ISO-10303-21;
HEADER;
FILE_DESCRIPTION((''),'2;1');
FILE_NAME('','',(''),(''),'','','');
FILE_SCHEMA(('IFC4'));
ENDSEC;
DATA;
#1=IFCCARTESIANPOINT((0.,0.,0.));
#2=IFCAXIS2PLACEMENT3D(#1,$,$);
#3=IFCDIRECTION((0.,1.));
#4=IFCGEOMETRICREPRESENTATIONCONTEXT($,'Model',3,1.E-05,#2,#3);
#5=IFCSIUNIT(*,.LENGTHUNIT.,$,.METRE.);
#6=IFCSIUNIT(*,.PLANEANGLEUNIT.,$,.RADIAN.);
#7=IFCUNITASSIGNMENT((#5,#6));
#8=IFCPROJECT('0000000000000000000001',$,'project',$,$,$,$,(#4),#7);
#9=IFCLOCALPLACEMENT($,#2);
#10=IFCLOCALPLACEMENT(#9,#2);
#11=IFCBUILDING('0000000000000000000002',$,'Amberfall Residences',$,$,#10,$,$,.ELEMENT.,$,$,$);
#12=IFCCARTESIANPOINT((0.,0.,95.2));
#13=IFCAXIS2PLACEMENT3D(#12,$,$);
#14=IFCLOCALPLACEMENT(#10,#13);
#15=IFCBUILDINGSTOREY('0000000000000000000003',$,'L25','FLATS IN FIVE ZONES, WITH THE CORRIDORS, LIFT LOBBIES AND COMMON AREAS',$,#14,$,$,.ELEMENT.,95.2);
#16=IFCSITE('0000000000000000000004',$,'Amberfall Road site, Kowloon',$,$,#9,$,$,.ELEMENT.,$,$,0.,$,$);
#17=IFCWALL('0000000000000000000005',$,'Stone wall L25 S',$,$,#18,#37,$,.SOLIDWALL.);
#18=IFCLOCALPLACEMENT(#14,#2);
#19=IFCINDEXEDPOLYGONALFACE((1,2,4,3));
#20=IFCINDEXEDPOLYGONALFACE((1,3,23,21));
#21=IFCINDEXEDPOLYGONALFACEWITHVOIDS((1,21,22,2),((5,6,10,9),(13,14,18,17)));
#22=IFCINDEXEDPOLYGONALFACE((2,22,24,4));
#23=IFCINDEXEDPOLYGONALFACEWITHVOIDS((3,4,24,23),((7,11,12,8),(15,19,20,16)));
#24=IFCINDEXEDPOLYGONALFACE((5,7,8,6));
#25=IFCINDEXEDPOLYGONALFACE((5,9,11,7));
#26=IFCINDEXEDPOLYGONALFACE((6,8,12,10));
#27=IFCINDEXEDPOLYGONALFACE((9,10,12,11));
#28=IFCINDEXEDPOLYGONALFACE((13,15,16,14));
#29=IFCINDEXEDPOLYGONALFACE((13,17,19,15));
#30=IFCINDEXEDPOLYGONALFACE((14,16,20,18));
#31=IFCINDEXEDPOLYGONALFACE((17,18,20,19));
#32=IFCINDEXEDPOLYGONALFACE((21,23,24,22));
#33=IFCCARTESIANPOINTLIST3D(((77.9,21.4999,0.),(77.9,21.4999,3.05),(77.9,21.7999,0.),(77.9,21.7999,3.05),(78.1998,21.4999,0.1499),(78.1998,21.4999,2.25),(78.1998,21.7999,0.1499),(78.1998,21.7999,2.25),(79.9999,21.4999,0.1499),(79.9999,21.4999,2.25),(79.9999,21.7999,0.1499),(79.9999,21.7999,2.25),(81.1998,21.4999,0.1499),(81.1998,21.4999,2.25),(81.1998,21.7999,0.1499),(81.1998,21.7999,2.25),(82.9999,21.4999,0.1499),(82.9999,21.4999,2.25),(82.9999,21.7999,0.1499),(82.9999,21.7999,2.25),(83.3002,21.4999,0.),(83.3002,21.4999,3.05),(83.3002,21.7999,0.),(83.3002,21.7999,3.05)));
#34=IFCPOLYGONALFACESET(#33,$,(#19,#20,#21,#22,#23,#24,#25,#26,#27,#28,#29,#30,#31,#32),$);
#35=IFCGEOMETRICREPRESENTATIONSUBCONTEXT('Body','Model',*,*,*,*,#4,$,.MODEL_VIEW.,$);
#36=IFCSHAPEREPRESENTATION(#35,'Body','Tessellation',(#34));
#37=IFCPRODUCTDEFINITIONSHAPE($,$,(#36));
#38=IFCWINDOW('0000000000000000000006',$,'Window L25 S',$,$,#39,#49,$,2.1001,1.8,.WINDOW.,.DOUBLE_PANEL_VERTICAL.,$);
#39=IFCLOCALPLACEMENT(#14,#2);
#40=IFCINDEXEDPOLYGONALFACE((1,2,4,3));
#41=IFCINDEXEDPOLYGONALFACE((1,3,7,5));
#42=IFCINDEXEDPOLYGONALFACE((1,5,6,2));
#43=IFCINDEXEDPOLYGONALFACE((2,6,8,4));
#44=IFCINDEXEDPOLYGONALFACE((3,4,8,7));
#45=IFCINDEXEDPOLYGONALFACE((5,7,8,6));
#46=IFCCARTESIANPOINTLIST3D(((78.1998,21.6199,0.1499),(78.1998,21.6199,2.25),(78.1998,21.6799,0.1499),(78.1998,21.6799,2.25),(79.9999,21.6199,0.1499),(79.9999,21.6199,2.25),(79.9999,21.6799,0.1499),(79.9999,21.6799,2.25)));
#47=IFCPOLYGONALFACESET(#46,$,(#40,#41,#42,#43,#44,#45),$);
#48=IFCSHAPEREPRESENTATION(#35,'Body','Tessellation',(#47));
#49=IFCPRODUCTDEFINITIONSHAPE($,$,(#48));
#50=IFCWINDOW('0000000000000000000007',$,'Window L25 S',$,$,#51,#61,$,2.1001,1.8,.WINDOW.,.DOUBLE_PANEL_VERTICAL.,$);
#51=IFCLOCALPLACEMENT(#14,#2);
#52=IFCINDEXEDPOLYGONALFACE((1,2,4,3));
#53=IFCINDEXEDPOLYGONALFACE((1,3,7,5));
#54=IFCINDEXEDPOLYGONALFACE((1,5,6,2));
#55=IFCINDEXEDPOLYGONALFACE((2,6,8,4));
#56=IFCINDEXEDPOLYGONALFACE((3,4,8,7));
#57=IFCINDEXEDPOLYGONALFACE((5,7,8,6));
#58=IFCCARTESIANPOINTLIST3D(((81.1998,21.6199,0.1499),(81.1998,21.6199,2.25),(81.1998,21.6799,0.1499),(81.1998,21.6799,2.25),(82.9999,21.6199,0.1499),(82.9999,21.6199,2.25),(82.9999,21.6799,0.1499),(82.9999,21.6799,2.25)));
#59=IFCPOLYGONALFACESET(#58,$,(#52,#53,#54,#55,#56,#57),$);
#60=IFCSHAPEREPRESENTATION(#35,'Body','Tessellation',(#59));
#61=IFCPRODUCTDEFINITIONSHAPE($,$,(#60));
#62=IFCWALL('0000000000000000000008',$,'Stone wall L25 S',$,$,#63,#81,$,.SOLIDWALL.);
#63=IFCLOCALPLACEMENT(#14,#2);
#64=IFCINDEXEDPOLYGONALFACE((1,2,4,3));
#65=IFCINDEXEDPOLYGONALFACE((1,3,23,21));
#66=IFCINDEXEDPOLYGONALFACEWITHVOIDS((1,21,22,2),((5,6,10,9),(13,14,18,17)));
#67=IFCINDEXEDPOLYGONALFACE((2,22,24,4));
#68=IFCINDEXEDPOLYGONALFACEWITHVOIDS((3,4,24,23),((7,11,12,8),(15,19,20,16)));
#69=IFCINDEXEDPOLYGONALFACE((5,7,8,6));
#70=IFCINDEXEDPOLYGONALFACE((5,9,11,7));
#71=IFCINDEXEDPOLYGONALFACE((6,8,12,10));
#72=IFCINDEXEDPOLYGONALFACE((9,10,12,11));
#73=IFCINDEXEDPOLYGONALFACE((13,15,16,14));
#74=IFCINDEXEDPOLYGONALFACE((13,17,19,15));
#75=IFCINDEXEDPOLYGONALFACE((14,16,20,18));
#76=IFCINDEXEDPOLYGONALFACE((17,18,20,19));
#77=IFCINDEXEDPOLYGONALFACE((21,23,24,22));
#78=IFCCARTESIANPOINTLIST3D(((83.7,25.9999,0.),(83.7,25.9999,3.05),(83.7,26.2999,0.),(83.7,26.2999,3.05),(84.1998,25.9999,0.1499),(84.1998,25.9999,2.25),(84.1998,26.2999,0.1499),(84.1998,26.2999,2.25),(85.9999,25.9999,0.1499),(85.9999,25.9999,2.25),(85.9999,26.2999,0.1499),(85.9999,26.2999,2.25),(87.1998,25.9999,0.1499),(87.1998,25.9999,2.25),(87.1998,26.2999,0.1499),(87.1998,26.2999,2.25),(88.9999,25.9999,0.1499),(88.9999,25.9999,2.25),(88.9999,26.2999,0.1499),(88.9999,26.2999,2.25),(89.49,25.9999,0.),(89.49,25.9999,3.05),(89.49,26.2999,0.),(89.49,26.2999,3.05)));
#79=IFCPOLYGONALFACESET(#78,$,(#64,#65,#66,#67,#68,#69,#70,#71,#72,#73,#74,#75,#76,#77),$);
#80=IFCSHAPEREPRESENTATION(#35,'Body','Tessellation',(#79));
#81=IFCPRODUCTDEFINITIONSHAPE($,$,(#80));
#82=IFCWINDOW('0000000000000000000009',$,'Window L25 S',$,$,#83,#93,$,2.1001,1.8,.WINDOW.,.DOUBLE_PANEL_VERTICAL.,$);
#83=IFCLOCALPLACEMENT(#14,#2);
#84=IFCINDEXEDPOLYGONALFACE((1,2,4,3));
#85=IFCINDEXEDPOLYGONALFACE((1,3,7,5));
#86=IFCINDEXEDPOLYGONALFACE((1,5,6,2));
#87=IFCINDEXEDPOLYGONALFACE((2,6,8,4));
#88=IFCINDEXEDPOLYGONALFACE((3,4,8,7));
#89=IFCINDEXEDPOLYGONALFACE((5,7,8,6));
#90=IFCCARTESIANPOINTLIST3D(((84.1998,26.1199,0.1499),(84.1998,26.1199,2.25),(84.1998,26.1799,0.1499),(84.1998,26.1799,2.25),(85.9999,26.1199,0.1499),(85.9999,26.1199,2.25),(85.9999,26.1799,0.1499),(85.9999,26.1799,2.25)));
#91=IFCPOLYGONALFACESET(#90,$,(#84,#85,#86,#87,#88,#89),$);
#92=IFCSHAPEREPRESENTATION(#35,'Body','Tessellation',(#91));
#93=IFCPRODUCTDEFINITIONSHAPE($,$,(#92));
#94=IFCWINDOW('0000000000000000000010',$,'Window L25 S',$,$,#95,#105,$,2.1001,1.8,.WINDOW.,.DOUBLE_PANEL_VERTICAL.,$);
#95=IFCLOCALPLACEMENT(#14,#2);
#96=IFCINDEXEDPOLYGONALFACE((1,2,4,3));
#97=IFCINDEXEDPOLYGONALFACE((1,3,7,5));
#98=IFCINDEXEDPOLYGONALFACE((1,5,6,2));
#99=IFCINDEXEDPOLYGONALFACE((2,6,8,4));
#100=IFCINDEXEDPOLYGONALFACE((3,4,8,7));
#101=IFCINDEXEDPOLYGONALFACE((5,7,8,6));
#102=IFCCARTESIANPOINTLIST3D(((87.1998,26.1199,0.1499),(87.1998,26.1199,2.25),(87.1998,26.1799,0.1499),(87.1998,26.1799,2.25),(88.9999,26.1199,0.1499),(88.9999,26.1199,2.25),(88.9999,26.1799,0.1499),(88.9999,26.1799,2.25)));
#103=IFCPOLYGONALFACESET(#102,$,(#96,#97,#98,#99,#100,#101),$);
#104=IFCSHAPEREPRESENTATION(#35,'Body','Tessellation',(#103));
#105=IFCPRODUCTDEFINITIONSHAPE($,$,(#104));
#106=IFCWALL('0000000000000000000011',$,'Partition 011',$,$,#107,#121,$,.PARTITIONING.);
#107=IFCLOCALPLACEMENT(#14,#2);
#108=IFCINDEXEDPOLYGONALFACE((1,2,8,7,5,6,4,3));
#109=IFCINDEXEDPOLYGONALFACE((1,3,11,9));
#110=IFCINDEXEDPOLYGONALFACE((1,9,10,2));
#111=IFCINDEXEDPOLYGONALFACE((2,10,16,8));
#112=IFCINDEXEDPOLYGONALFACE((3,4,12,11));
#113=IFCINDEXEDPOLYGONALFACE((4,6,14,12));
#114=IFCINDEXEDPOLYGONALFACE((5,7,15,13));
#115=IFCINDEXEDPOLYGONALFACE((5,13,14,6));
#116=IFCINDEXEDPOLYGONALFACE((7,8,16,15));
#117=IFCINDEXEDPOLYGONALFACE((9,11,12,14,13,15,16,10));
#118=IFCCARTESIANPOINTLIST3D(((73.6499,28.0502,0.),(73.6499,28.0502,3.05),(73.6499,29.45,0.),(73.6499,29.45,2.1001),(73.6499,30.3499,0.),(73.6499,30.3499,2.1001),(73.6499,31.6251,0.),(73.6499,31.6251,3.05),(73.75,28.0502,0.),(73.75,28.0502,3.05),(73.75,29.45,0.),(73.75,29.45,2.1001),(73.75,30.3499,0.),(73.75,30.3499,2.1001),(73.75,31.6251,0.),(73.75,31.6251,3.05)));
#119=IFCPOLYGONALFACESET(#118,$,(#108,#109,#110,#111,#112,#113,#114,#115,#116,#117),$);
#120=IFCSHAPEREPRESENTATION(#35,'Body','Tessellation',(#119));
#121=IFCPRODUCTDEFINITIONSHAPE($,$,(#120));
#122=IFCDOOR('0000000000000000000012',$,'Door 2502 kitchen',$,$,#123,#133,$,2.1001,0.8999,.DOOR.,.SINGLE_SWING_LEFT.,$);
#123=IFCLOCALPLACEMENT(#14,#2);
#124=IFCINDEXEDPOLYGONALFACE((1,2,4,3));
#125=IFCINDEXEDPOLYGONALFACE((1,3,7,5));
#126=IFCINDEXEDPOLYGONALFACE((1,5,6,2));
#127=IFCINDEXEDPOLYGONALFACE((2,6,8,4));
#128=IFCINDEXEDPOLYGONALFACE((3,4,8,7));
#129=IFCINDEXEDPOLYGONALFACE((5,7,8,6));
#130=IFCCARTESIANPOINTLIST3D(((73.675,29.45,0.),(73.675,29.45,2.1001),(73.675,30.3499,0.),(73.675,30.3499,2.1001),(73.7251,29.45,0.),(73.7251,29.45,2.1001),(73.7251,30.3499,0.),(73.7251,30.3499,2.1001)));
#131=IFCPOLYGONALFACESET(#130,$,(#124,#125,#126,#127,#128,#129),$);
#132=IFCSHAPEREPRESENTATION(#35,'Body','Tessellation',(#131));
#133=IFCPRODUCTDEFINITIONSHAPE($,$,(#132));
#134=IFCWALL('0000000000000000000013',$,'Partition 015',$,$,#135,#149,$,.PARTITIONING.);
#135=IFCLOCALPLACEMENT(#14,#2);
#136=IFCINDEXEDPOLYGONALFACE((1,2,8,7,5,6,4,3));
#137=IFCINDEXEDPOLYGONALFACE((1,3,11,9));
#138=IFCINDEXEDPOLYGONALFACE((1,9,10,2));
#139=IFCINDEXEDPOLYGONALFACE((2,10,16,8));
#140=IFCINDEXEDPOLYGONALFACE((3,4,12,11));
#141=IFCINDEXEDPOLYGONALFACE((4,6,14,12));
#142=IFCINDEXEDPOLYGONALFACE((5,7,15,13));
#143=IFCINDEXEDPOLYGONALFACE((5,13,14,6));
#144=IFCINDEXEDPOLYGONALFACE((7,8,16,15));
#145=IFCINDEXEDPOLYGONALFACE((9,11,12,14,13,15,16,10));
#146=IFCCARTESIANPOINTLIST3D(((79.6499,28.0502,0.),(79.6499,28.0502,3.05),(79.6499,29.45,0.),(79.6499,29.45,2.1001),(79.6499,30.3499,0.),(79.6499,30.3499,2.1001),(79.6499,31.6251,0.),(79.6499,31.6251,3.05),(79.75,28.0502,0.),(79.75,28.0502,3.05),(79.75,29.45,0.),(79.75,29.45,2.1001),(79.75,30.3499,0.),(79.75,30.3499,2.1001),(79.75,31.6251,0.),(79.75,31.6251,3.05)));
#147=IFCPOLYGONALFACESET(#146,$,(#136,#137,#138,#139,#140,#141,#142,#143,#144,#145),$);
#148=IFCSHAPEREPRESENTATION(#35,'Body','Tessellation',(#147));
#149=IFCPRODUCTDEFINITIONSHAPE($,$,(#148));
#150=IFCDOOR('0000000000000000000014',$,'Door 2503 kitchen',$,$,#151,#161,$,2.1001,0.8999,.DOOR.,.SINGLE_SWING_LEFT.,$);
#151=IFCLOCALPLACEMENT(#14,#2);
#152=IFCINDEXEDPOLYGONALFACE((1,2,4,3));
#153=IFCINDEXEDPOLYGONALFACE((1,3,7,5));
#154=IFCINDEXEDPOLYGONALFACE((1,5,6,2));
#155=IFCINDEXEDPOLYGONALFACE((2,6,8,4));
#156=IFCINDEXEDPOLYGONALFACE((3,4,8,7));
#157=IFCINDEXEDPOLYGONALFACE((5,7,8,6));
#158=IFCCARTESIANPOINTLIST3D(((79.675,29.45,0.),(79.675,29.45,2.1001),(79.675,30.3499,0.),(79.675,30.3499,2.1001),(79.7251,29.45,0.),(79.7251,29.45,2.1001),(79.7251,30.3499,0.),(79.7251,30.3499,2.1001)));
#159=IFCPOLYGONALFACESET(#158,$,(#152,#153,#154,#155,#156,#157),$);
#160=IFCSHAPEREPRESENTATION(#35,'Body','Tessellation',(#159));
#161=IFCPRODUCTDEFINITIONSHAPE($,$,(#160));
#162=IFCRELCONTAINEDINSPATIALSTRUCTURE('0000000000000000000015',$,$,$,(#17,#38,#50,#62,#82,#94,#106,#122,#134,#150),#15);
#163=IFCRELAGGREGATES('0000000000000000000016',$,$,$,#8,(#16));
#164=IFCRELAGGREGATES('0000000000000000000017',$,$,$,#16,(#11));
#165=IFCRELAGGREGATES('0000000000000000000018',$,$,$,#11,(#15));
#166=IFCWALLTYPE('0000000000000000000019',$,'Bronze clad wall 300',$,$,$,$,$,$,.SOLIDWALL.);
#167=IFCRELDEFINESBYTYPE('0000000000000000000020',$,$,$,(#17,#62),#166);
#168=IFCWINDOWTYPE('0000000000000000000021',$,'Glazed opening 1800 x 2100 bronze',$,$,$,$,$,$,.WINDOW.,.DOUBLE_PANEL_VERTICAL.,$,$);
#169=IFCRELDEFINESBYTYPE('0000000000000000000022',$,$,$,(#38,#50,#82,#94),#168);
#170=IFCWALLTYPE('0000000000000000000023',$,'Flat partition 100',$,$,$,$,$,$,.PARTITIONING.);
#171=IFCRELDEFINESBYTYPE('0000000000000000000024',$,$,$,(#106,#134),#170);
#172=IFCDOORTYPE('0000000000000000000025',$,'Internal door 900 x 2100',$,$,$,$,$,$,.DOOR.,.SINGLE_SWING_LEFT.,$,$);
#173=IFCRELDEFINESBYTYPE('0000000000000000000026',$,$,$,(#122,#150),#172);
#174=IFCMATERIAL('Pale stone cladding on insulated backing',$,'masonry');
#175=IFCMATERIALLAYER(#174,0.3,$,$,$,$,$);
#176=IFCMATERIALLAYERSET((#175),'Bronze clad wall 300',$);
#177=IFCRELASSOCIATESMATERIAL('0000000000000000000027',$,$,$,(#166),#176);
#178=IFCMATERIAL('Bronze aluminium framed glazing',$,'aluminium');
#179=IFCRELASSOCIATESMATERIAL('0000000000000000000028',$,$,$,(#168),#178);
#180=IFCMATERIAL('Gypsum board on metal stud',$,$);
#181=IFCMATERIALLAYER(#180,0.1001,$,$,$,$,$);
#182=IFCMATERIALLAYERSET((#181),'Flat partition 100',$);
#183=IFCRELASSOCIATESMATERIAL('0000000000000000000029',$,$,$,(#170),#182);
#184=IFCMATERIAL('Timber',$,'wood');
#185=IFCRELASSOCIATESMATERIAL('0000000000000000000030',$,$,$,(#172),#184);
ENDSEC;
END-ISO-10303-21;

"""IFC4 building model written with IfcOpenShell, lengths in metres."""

from ifc_helpers import new_model, si_unit, direction, frame, frame_2d, origin, place, context, subcontext, project, spatial, rectangle, extrude, material, layer, layer_set, type_object, element, fill, save


model = new_model("IFC4")

# Units and contexts
model_context = context("Model", 3, precision=1e-05, world=origin(), true_north=direction((0.0, 1.0)))
body_context = subcontext(model_context, "Body", "Model", "MODEL_VIEW")
ifc_project = project(units=[si_unit("LENGTHUNIT", "METRE"), si_unit("PLANEANGLEUNIT", "RADIAN")], contexts=[model_context])

# Site, building, storey
site_placement = place(None, origin())
site = spatial("IfcSite", under=ifc_project, at=site_placement, Name="Amberfall Road site, Kowloon", CompositionType="ELEMENT", RefElevation=0.0)
building_placement = place(site_placement, origin())
building = spatial("IfcBuilding", under=site, at=building_placement, Name="Amberfall Residences", CompositionType="ELEMENT")
storey_placement = place(building_placement, frame((0.0, 0.0, 95.2)))
storey = spatial("IfcBuildingStorey", under=building, at=storey_placement, Name="L25", Description="FLATS IN FIVE ZONES, WITH THE CORRIDORS, LIFT LOBBIES AND COMMON AREAS", CompositionType="ELEMENT", Elevation=95.2)

# Shared definitions
ifc_material_1 = material(Name="Pale stone cladding on insulated backing", Category="masonry")
ifc_layer_1 = layer(ifc_material_1, 0.3)
ifc_layer_set_1 = layer_set([ifc_layer_1], Name="Bronze clad wall 300")
wall_type_1 = type_object("IfcWallType", Name="Bronze clad wall 300", PredefinedType="SOLIDWALL", material=ifc_layer_set_1)

# Shared definitions
ifc_material_2 = material(Name="Bronze aluminium framed glazing", Category="aluminium")

# Walls, openings, windows
wall_1_placement = place(storey_placement, frame((77.8999, 21.6499, 0.0), z_axis=(0.0, 0.0, 1.0), x_axis=(1.0, 0.0, 0.0)))
wall_1 = element("IfcWall", 1, at=wall_1_placement, inside=storey, type_object=wall_type_1, Name="Stone wall L25 S", PredefinedType="SOLIDWALL", context=body_context, shape_type="SweptSolid", body=[
    extrude(rectangle(XDim=5.4001, YDim=0.3, at=frame_2d((2.7002, 0.0))), origin(), (0.0, 0.0, 1.0), 3.05),
])
opening_1_placement = place(wall_1_placement, frame((0.3, 0.0, 0.1499)))
opening_1 = element("IfcOpeningElement", 2, at=opening_1_placement, cuts=wall_1, PredefinedType="OPENING", context=body_context, shape_type="SweptSolid", body=[
    extrude(rectangle(XDim=1.8, YDim=2.1001, at=frame_2d((0.8999, 1.05))), frame((0.0, 0.1599, 0.0), z_axis=(0.0, -1.0, 0.0), x_axis=(1.0, 0.0, 0.0)), (0.0, 0.0, 1.0), 0.3201),
])
opening_2_placement = place(wall_1_placement, frame((3.3, 0.0, 0.1499)))
opening_2 = element("IfcOpeningElement", 3, at=opening_2_placement, cuts=wall_1, PredefinedType="OPENING", context=body_context, shape_type="SweptSolid", body=[
    extrude(rectangle(XDim=1.8, YDim=2.1001, at=frame_2d((0.8999, 1.05))), frame((0.0, 0.1599, 0.0), z_axis=(0.0, -1.0, 0.0), x_axis=(1.0, 0.0, 0.0)), (0.0, 0.0, 1.0), 0.3201),
])
window_type_1 = type_object("IfcWindowType", Name="Glazed opening 1800 x 2100 bronze", PartitioningType="DOUBLE_PANEL_VERTICAL", PredefinedType="WINDOW", material=ifc_material_2)
window_1_placement = place(opening_1_placement, origin())
window_1 = element("IfcWindow", 4, at=window_1_placement, inside=storey, type_object=window_type_1, Name="Window L25 S", OverallHeight=2.1001, OverallWidth=1.8, PartitioningType="DOUBLE_PANEL_VERTICAL", PredefinedType="WINDOW", context=body_context, shape_type="SweptSolid", body=[
    extrude(rectangle(XDim=1.8, YDim=2.1001, at=frame_2d((0.8999, 1.05))), frame((0.0, 0.03, 0.0), z_axis=(0.0, -1.0, 0.0), x_axis=(1.0, 0.0, 0.0)), (0.0, 0.0, 1.0), 0.0601),
])
fill(opening_1, window_1)
window_2_placement = place(opening_2_placement, origin())
window_2 = element("IfcWindow", 5, at=window_2_placement, inside=storey, type_object=window_type_1, Name="Window L25 S", OverallHeight=2.1001, OverallWidth=1.8, PartitioningType="DOUBLE_PANEL_VERTICAL", PredefinedType="WINDOW", context=body_context, shape_type="SweptSolid", body=[
    extrude(rectangle(XDim=1.8, YDim=2.1001, at=frame_2d((0.8999, 1.05))), frame((0.0, 0.03, 0.0), z_axis=(0.0, -1.0, 0.0), x_axis=(1.0, 0.0, 0.0)), (0.0, 0.0, 1.0), 0.0601),
])
fill(opening_2, window_2)
wall_2_placement = place(storey_placement, frame((83.7, 26.1499, 0.0), z_axis=(0.0, 0.0, 1.0), x_axis=(1.0, 0.0, 0.0)))
wall_2 = element("IfcWall", 6, at=wall_2_placement, inside=storey, type_object=wall_type_1, Name="Stone wall L25 S", PredefinedType="SOLIDWALL", context=body_context, shape_type="SweptSolid", body=[
    extrude(rectangle(XDim=5.79, YDim=0.3, at=frame_2d((2.895, 0.0))), origin(), (0.0, 0.0, 1.0), 3.05),
])
opening_3_placement = place(wall_2_placement, frame((0.5, 0.0, 0.1499)))
opening_3 = element("IfcOpeningElement", 7, at=opening_3_placement, cuts=wall_2, PredefinedType="OPENING", context=body_context, shape_type="SweptSolid", body=[
    extrude(rectangle(XDim=1.8, YDim=2.1001, at=frame_2d((0.8999, 1.05))), frame((0.0, 0.1599, 0.0), z_axis=(0.0, -1.0, 0.0), x_axis=(1.0, 0.0, 0.0)), (0.0, 0.0, 1.0), 0.3201),
])
opening_4_placement = place(wall_2_placement, frame((3.5, 0.0, 0.1499)))
opening_4 = element("IfcOpeningElement", 8, at=opening_4_placement, cuts=wall_2, PredefinedType="OPENING", context=body_context, shape_type="SweptSolid", body=[
    extrude(rectangle(XDim=1.8, YDim=2.1001, at=frame_2d((0.8999, 1.05))), frame((0.0, 0.1599, 0.0), z_axis=(0.0, -1.0, 0.0), x_axis=(1.0, 0.0, 0.0)), (0.0, 0.0, 1.0), 0.3201),
])
window_3_placement = place(opening_3_placement, origin())
window_3 = element("IfcWindow", 9, at=window_3_placement, inside=storey, type_object=window_type_1, Name="Window L25 S", OverallHeight=2.1001, OverallWidth=1.8, PartitioningType="DOUBLE_PANEL_VERTICAL", PredefinedType="WINDOW", context=body_context, shape_type="SweptSolid", body=[
    extrude(rectangle(XDim=1.8, YDim=2.1001, at=frame_2d((0.8999, 1.05))), frame((0.0, 0.03, 0.0), z_axis=(0.0, -1.0, 0.0), x_axis=(1.0, 0.0, 0.0)), (0.0, 0.0, 1.0), 0.0601),
])
fill(opening_3, window_3)
window_4_placement = place(opening_4_placement, origin())
window_4 = element("IfcWindow", 10, at=window_4_placement, inside=storey, type_object=window_type_1, Name="Window L25 S", OverallHeight=2.1001, OverallWidth=1.8, PartitioningType="DOUBLE_PANEL_VERTICAL", PredefinedType="WINDOW", context=body_context, shape_type="SweptSolid", body=[
    extrude(rectangle(XDim=1.8, YDim=2.1001, at=frame_2d((0.8999, 1.05))), frame((0.0, 0.03, 0.0), z_axis=(0.0, -1.0, 0.0), x_axis=(1.0, 0.0, 0.0)), (0.0, 0.0, 1.0), 0.0601),
])
fill(opening_4, window_4)

# Walls, openings, doors
ifc_material_3 = material(Name="Gypsum board on metal stud")
ifc_layer_2 = layer(ifc_material_3, 0.1001)
ifc_layer_set_2 = layer_set([ifc_layer_2], Name="Flat partition 100")
wall_type_2 = type_object("IfcWallType", Name="Flat partition 100", PredefinedType="PARTITIONING", material=ifc_layer_set_2)
wall_3_placement = place(storey_placement, frame((73.7, 28.05, 0.0), z_axis=(0.0, 0.0, 1.0), x_axis=(0.0, 1.0, 0.0)))
wall_3 = element("IfcWall", 11, at=wall_3_placement, inside=storey, type_object=wall_type_2, Name="Partition 011", PredefinedType="PARTITIONING", context=body_context, shape_type="SweptSolid", body=[
    extrude(rectangle(XDim=3.575, YDim=0.1001, at=frame_2d((1.7876, 0.0))), origin(), (0.0, 0.0, 1.0), 3.05),
])
opening_5_placement = place(wall_3_placement, frame((1.3999, 0.0, 0.0)))
opening_5 = element("IfcOpeningElement", 12, at=opening_5_placement, cuts=wall_3, PredefinedType="OPENING", context=body_context, shape_type="SweptSolid", body=[
    extrude(rectangle(XDim=0.8999, YDim=2.1001, at=frame_2d((0.45, 1.05))), frame((0.0, 0.0601, 0.0), z_axis=(0.0, -1.0, 0.0), x_axis=(1.0, 0.0, 0.0)), (0.0, 0.0, 1.0), 0.1201),
])
ifc_material_4 = material(Name="Timber", Category="wood")
door_type = type_object("IfcDoorType", Name="Internal door 900 x 2100", OperationType="SINGLE_SWING_LEFT", PredefinedType="DOOR", material=ifc_material_4)
door_1_placement = place(opening_5_placement, origin())
door_1 = element("IfcDoor", 13, at=door_1_placement, inside=storey, type_object=door_type, Name="Door 2502 kitchen", OperationType="SINGLE_SWING_LEFT", OverallHeight=2.1001, OverallWidth=0.8999, PredefinedType="DOOR", context=body_context, shape_type="SweptSolid", body=[
    extrude(rectangle(XDim=0.8999, YDim=2.1001, at=frame_2d((0.45, 1.05))), frame((0.0, 0.0249, 0.0), z_axis=(0.0, -1.0, 0.0), x_axis=(1.0, 0.0, 0.0)), (0.0, 0.0, 1.0), 0.05),
])
fill(opening_5, door_1)
wall_4_placement = place(storey_placement, frame((79.7, 28.05, 0.0), z_axis=(0.0, 0.0, 1.0), x_axis=(0.0, 1.0, 0.0)))
wall_4 = element("IfcWall", 14, at=wall_4_placement, inside=storey, type_object=wall_type_2, Name="Partition 015", PredefinedType="PARTITIONING", context=body_context, shape_type="SweptSolid", body=[
    extrude(rectangle(XDim=3.575, YDim=0.1001, at=frame_2d((1.7876, 0.0))), origin(), (0.0, 0.0, 1.0), 3.05),
])
opening_6_placement = place(wall_4_placement, frame((1.3999, 0.0, 0.0)))
opening_6 = element("IfcOpeningElement", 15, at=opening_6_placement, cuts=wall_4, PredefinedType="OPENING", context=body_context, shape_type="SweptSolid", body=[
    extrude(rectangle(XDim=0.8999, YDim=2.1001, at=frame_2d((0.45, 1.05))), frame((0.0, 0.0601, 0.0), z_axis=(0.0, -1.0, 0.0), x_axis=(1.0, 0.0, 0.0)), (0.0, 0.0, 1.0), 0.1201),
])
door_2_placement = place(opening_6_placement, origin())
door_2 = element("IfcDoor", 16, at=door_2_placement, inside=storey, type_object=door_type, Name="Door 2503 kitchen", OperationType="SINGLE_SWING_LEFT", OverallHeight=2.1001, OverallWidth=0.8999, PredefinedType="DOOR", context=body_context, shape_type="SweptSolid", body=[
    extrude(rectangle(XDim=0.8999, YDim=2.1001, at=frame_2d((0.45, 1.05))), frame((0.0, 0.0249, 0.0), z_axis=(0.0, -1.0, 0.0), x_axis=(1.0, 0.0, 0.0)), (0.0, 0.0, 1.0), 0.05),
])
fill(opening_6, door_2)

save(model, "model.ifc")
